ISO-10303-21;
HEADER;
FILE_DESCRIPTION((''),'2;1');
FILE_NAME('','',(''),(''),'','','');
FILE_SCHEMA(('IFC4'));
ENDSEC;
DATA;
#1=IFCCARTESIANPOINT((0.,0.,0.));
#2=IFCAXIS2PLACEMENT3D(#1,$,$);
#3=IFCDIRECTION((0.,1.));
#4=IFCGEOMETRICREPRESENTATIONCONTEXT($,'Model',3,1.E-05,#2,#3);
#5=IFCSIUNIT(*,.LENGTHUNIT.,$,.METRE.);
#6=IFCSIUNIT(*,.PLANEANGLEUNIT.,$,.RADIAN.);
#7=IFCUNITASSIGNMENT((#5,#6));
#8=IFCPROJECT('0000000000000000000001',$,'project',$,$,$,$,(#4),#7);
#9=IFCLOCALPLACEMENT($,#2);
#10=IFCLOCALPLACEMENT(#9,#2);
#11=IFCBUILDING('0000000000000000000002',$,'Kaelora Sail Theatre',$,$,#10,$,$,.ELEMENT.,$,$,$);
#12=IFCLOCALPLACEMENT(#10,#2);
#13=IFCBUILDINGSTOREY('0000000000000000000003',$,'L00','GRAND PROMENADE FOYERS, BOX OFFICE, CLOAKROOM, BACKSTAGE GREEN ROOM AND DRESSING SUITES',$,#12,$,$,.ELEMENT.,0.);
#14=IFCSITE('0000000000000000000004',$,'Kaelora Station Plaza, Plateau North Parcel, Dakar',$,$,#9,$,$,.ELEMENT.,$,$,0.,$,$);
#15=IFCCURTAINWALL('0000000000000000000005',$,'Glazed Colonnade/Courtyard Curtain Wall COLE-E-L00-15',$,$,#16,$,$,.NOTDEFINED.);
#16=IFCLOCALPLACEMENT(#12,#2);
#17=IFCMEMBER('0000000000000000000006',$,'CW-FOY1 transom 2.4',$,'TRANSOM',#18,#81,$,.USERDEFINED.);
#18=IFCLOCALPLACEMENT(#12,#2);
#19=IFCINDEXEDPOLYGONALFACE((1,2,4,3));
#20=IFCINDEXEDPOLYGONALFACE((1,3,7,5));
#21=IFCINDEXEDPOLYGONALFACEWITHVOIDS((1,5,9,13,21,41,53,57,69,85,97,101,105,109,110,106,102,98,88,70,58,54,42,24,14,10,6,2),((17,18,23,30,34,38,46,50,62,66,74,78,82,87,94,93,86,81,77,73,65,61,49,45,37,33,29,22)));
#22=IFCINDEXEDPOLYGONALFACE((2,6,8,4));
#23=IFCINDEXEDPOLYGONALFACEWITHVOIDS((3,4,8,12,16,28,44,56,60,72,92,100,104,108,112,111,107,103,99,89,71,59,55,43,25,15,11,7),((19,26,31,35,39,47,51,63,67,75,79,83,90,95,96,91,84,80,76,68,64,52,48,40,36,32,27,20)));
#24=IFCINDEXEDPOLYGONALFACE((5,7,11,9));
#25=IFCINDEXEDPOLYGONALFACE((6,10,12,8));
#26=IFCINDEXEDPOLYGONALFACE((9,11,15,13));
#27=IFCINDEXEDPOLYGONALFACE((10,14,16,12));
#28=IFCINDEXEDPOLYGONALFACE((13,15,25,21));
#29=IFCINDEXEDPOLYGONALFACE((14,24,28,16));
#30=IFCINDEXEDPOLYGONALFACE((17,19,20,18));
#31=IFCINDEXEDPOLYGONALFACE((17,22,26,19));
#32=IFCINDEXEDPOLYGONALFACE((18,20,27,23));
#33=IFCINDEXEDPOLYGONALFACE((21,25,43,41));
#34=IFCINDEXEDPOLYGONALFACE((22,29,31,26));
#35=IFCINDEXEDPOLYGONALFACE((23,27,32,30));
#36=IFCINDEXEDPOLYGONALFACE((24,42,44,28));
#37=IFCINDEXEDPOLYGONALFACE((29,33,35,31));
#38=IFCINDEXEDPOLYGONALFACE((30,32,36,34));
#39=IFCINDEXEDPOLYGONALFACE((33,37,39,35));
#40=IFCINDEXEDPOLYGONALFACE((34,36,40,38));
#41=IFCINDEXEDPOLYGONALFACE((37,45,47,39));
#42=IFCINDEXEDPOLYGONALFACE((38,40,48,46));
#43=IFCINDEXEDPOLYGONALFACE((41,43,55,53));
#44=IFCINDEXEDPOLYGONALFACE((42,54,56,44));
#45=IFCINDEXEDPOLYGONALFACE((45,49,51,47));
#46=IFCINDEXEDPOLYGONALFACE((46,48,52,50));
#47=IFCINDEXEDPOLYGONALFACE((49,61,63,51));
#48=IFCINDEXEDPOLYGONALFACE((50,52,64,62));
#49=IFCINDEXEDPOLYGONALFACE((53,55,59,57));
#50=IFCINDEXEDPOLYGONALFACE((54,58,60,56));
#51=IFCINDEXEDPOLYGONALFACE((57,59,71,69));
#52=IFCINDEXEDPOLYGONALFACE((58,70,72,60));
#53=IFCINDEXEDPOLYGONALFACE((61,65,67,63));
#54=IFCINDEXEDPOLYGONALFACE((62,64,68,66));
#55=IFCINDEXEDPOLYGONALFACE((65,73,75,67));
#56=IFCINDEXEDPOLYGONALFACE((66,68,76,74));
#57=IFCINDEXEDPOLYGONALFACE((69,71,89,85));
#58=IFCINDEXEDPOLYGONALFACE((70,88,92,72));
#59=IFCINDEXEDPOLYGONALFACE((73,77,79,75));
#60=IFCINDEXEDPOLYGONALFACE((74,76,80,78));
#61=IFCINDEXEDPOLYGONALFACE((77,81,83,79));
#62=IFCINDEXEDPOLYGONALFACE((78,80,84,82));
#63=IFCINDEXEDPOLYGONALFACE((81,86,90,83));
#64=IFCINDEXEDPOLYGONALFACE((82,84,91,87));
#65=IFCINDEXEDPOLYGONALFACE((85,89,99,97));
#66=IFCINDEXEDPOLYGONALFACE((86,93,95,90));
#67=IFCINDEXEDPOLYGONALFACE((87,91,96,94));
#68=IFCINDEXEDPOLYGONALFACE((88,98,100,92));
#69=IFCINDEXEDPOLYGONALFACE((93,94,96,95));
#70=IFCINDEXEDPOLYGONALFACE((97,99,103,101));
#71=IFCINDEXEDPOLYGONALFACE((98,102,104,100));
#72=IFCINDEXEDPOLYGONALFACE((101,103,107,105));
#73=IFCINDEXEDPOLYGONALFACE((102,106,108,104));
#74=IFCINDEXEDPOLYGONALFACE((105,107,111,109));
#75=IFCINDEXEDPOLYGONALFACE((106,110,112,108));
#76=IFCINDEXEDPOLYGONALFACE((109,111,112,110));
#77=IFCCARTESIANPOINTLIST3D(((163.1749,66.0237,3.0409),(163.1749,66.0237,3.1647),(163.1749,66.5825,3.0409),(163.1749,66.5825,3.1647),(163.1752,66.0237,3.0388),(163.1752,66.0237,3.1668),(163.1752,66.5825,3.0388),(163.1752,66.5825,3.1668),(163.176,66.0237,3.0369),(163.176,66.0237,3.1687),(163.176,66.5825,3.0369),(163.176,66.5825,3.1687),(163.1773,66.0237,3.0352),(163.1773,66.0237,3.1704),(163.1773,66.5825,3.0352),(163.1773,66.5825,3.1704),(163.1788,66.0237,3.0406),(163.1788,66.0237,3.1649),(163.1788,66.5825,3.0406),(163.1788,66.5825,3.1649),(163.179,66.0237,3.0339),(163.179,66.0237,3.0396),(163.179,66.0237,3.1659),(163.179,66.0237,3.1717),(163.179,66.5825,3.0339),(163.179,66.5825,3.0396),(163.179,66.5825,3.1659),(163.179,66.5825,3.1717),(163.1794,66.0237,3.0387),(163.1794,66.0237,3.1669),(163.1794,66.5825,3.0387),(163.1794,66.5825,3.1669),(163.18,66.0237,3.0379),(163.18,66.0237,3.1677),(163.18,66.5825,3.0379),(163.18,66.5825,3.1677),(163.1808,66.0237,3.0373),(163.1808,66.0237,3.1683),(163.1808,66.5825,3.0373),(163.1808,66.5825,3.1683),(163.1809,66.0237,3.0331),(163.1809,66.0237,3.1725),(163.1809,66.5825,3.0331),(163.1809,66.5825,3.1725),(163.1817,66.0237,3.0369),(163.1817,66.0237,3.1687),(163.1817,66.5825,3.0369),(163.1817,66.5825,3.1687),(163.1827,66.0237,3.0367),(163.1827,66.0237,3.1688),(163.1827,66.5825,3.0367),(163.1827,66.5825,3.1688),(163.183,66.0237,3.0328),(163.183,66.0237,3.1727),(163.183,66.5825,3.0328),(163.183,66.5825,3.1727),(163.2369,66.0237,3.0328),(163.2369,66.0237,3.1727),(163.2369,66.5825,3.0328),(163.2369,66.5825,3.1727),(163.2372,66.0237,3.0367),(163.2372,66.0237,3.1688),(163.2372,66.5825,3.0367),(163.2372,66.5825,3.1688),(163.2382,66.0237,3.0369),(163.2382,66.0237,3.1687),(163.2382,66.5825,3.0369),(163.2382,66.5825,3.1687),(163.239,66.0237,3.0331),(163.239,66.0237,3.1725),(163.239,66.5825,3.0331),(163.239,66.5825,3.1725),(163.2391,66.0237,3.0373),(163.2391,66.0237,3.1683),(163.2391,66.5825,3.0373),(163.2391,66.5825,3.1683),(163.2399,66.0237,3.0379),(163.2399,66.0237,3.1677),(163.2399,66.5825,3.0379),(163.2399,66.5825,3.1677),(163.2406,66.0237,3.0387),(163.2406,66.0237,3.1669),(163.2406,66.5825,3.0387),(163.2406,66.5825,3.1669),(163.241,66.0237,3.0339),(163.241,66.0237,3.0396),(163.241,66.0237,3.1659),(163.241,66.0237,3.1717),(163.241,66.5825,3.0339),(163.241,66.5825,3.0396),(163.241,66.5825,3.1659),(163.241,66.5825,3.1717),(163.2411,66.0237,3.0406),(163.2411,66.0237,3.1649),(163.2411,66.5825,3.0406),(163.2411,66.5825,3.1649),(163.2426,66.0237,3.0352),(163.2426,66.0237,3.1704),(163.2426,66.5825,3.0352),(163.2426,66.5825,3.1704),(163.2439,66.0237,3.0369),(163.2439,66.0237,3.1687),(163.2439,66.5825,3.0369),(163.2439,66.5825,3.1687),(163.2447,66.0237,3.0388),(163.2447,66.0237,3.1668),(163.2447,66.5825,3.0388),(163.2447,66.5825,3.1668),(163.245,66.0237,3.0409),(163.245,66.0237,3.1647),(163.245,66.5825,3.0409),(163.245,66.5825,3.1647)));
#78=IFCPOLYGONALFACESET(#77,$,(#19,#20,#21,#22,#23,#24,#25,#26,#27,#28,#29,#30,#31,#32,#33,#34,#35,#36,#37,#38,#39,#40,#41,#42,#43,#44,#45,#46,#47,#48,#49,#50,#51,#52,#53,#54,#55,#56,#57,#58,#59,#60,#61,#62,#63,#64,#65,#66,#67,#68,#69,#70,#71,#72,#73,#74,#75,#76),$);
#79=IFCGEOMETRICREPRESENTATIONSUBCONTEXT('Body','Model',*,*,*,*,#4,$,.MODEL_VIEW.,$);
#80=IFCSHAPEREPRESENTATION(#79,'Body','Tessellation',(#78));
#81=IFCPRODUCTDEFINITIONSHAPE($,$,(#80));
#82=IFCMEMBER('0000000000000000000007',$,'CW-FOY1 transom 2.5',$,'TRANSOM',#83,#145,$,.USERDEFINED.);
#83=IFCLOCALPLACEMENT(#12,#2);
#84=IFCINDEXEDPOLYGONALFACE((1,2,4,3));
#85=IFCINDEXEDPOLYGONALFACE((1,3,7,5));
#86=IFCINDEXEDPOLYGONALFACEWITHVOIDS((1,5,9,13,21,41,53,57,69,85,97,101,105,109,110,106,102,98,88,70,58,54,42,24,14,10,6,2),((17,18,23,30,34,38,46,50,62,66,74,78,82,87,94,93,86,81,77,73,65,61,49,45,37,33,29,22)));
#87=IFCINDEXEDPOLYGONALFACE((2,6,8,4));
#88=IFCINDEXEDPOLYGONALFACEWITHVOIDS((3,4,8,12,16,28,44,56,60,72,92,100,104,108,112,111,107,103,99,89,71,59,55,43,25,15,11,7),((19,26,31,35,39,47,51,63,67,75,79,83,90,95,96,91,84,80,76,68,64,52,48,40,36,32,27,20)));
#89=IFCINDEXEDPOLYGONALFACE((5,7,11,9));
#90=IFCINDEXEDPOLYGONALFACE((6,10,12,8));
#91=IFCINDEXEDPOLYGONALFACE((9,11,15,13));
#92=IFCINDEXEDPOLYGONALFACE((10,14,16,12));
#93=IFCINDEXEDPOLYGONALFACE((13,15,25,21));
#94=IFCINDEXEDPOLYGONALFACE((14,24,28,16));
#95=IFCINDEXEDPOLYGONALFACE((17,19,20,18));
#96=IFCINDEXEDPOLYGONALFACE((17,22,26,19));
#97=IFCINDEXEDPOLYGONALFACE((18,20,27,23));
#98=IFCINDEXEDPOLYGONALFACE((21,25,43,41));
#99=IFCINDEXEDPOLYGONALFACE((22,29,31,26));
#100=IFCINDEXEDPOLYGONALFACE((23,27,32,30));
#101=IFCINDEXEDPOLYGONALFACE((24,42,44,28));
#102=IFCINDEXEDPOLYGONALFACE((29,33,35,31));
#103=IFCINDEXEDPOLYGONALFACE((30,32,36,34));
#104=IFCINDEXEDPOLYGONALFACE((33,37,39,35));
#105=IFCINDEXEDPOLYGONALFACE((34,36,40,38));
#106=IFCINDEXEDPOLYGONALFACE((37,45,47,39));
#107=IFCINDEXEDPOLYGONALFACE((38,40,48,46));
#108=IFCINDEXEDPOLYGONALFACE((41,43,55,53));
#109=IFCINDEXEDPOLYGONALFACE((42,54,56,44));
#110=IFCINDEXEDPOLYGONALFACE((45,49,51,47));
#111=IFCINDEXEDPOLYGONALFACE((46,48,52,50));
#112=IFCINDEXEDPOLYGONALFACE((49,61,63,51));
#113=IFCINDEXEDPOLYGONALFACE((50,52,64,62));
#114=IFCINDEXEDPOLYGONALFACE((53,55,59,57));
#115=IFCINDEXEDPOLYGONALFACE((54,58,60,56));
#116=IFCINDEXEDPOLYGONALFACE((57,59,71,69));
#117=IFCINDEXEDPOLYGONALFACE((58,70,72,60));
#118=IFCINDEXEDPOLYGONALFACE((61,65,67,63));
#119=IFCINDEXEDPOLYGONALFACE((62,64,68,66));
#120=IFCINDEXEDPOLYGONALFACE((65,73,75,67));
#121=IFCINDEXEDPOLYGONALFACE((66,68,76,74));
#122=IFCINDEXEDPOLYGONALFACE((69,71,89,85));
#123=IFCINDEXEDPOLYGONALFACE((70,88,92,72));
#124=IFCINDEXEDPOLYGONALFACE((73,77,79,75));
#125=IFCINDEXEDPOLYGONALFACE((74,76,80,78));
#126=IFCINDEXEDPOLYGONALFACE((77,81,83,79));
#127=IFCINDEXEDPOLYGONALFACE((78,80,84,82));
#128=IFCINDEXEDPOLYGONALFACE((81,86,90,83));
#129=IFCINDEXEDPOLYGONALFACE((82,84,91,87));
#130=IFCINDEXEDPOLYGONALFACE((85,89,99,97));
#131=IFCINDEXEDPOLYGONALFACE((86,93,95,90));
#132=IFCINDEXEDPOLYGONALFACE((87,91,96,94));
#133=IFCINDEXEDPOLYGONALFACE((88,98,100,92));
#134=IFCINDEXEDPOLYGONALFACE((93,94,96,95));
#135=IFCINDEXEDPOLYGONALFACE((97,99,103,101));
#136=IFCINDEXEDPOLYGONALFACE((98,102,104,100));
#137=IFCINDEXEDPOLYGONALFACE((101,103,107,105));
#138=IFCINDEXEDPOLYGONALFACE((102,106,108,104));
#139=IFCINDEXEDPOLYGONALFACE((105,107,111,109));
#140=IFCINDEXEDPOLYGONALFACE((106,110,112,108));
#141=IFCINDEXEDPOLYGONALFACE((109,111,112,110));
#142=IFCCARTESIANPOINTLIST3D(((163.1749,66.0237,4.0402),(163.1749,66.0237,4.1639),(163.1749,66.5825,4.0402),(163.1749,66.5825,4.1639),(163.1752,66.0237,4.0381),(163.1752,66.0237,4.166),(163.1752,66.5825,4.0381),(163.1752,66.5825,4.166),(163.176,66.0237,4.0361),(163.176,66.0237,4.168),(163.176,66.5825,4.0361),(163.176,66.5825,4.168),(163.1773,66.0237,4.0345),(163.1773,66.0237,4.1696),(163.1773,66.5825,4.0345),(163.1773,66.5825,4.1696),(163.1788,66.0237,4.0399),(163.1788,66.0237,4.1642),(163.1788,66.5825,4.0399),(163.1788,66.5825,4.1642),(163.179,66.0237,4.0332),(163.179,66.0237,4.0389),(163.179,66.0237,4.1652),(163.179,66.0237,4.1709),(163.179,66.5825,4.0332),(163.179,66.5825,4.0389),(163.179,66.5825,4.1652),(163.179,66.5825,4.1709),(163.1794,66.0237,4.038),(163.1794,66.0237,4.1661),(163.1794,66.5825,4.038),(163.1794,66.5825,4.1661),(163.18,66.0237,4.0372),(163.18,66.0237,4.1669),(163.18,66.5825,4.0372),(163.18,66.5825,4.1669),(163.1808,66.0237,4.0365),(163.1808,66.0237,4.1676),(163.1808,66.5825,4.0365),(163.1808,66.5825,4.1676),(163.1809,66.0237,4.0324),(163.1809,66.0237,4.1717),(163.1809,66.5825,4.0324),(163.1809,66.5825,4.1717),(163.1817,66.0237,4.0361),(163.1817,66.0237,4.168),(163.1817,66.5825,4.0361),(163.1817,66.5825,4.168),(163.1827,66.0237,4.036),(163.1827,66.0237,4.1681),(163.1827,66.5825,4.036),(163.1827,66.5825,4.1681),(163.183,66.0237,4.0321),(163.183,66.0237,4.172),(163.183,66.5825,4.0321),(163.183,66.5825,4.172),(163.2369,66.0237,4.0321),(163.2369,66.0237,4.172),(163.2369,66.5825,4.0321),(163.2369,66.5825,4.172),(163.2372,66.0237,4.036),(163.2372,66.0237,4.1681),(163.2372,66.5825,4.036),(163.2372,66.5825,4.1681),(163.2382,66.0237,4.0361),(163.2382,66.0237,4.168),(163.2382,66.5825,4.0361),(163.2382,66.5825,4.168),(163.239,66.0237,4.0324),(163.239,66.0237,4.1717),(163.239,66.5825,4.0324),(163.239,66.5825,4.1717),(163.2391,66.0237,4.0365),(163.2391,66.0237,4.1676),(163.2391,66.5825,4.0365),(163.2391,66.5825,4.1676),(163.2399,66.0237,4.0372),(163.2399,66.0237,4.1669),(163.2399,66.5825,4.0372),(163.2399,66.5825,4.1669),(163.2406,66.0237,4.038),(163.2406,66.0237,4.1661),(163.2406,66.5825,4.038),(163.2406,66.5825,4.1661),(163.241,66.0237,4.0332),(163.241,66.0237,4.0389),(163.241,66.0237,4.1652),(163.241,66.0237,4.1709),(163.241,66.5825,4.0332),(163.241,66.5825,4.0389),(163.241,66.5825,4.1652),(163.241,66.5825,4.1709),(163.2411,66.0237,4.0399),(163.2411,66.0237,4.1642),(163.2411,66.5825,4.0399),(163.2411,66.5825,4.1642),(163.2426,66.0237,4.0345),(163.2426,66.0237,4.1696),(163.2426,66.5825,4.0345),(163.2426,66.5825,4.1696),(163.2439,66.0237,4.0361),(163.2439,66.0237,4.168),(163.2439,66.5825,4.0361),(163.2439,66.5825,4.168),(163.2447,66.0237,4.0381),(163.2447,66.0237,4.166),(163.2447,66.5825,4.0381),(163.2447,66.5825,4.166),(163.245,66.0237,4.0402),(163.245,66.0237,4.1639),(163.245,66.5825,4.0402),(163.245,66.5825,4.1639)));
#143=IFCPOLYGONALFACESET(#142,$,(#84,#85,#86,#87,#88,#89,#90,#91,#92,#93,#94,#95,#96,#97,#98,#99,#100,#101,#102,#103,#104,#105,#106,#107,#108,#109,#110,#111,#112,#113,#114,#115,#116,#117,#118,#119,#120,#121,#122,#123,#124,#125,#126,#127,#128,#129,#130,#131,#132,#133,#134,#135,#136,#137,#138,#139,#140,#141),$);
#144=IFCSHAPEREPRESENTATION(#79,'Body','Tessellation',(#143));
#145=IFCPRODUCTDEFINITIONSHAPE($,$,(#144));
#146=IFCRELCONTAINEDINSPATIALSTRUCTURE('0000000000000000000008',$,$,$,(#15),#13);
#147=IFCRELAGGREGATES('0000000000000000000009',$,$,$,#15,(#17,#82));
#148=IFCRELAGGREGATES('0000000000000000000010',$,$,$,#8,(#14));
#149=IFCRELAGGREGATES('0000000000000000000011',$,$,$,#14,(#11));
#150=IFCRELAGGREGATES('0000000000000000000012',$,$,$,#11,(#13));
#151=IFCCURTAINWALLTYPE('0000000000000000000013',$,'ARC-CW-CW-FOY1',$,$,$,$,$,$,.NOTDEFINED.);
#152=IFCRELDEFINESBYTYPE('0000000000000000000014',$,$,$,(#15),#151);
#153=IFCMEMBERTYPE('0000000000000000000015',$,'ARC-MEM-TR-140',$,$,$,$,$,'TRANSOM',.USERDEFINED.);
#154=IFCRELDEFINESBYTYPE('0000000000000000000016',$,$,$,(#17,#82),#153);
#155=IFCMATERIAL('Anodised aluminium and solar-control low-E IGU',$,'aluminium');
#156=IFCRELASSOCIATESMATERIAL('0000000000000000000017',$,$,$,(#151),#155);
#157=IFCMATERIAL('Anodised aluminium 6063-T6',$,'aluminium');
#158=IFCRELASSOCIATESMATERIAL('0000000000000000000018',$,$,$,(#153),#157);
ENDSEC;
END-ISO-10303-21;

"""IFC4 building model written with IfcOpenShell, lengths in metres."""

from ifc_helpers import new_model, si_unit, direction, frame, origin, origin_2d, place, context, subcontext, project, spatial, hollow_rectangle, extrude, material, material_profile, profile_set, type_object, element, aggregate, save


model = new_model("IFC4")

# Units and contexts
model_context = context("Model", 3, precision=1e-05, world=origin(), true_north=direction((0.0, 1.0)))
body_context = subcontext(model_context, "Body", "Model", "MODEL_VIEW")
ifc_project = project(units=[si_unit("LENGTHUNIT", "METRE"), si_unit("PLANEANGLEUNIT", "RADIAN")], contexts=[model_context])

# Site, building, storey
site_placement = place(None, origin())
site = spatial("IfcSite", under=ifc_project, at=site_placement, Name="Kaelora Station Plaza, Plateau North Parcel, Dakar", CompositionType="ELEMENT", RefElevation=0.0)
building_placement = place(site_placement, origin())
building = spatial("IfcBuilding", under=site, at=building_placement, Name="Kaelora Sail Theatre", CompositionType="ELEMENT")
storey_placement = place(building_placement, origin())
storey = spatial("IfcBuildingStorey", under=building, at=storey_placement, Name="L00", Description="GRAND PROMENADE FOYERS, BOX OFFICE, CLOAKROOM, BACKSTAGE GREEN ROOM AND DRESSING SUITES", CompositionType="ELEMENT", Elevation=0.0)

# Curtain wall, members
ifc_material_1 = material(Name="Anodised aluminium and solar-control low-E IGU", Category="aluminium")
curtain_wall_type = type_object("IfcCurtainWallType", Name="ARC-CW-CW-FOY1", PredefinedType="NOTDEFINED", material=ifc_material_1)
curtain_wall_placement = place(storey_placement, origin())
curtain_wall = element("IfcCurtainWall", 1, at=curtain_wall_placement, inside=storey, type_object=curtain_wall_type, Name="Glazed Colonnade/Courtyard Curtain Wall COLE-E-L00-15", PredefinedType="NOTDEFINED")
ifc_material_2 = material(Name="Anodised aluminium 6063-T6", Category="aluminium")
ifc_material_profile_1 = material_profile(ifc_material_2, hollow_rectangle(XDim=0.0701, YDim=0.1399, WallThickness=0.0039, InnerFilletRadius=0.0039, OuterFilletRadius=0.0081, at=origin_2d()), Name="ALU-TRAN 70x140x4")
ifc_profile_set_1 = profile_set([ifc_material_profile_1], Name="Anodised aluminium 6063-T6")
member_type_1 = type_object("IfcMemberType", Name="ARC-MEM-TR-140", ElementType="TRANSOM", PredefinedType="USERDEFINED", material=ifc_profile_set_1)
member_1_placement = place(storey_placement, frame((163.21, 66.0237, 3.1028), z_axis=(0.0, 1.0, 0.0), x_axis=(-1.0, 0.0, 0.0)))
member_1 = element("IfcMember", 2, at=member_1_placement, type_object=member_type_1, Name="CW-FOY1 transom 2.4", ObjectType="TRANSOM", PredefinedType="USERDEFINED", context=body_context, shape_type="SweptSolid", body=[
    extrude(hollow_rectangle(XDim=0.0701, YDim=0.1399, WallThickness=0.0039, InnerFilletRadius=0.0039, OuterFilletRadius=0.0081, at=origin_2d()), origin(), (0.0, 0.0, 1.0), 0.5588),
])
member_2_placement = place(storey_placement, frame((163.21, 66.0237, 4.1021), z_axis=(0.0, 1.0, 0.0), x_axis=(-1.0, 0.0, 0.0)))
member_2 = element("IfcMember", 3, at=member_2_placement, type_object=member_type_1, Name="CW-FOY1 transom 2.5", ObjectType="TRANSOM", PredefinedType="USERDEFINED", context=body_context, shape_type="SweptSolid", body=[
    extrude(hollow_rectangle(XDim=0.0701, YDim=0.1399, WallThickness=0.0039, InnerFilletRadius=0.0039, OuterFilletRadius=0.0081, at=origin_2d()), origin(), (0.0, 0.0, 1.0), 0.5588),
])
aggregate(curtain_wall, [member_1, member_2])

save(model, "model.ifc")
